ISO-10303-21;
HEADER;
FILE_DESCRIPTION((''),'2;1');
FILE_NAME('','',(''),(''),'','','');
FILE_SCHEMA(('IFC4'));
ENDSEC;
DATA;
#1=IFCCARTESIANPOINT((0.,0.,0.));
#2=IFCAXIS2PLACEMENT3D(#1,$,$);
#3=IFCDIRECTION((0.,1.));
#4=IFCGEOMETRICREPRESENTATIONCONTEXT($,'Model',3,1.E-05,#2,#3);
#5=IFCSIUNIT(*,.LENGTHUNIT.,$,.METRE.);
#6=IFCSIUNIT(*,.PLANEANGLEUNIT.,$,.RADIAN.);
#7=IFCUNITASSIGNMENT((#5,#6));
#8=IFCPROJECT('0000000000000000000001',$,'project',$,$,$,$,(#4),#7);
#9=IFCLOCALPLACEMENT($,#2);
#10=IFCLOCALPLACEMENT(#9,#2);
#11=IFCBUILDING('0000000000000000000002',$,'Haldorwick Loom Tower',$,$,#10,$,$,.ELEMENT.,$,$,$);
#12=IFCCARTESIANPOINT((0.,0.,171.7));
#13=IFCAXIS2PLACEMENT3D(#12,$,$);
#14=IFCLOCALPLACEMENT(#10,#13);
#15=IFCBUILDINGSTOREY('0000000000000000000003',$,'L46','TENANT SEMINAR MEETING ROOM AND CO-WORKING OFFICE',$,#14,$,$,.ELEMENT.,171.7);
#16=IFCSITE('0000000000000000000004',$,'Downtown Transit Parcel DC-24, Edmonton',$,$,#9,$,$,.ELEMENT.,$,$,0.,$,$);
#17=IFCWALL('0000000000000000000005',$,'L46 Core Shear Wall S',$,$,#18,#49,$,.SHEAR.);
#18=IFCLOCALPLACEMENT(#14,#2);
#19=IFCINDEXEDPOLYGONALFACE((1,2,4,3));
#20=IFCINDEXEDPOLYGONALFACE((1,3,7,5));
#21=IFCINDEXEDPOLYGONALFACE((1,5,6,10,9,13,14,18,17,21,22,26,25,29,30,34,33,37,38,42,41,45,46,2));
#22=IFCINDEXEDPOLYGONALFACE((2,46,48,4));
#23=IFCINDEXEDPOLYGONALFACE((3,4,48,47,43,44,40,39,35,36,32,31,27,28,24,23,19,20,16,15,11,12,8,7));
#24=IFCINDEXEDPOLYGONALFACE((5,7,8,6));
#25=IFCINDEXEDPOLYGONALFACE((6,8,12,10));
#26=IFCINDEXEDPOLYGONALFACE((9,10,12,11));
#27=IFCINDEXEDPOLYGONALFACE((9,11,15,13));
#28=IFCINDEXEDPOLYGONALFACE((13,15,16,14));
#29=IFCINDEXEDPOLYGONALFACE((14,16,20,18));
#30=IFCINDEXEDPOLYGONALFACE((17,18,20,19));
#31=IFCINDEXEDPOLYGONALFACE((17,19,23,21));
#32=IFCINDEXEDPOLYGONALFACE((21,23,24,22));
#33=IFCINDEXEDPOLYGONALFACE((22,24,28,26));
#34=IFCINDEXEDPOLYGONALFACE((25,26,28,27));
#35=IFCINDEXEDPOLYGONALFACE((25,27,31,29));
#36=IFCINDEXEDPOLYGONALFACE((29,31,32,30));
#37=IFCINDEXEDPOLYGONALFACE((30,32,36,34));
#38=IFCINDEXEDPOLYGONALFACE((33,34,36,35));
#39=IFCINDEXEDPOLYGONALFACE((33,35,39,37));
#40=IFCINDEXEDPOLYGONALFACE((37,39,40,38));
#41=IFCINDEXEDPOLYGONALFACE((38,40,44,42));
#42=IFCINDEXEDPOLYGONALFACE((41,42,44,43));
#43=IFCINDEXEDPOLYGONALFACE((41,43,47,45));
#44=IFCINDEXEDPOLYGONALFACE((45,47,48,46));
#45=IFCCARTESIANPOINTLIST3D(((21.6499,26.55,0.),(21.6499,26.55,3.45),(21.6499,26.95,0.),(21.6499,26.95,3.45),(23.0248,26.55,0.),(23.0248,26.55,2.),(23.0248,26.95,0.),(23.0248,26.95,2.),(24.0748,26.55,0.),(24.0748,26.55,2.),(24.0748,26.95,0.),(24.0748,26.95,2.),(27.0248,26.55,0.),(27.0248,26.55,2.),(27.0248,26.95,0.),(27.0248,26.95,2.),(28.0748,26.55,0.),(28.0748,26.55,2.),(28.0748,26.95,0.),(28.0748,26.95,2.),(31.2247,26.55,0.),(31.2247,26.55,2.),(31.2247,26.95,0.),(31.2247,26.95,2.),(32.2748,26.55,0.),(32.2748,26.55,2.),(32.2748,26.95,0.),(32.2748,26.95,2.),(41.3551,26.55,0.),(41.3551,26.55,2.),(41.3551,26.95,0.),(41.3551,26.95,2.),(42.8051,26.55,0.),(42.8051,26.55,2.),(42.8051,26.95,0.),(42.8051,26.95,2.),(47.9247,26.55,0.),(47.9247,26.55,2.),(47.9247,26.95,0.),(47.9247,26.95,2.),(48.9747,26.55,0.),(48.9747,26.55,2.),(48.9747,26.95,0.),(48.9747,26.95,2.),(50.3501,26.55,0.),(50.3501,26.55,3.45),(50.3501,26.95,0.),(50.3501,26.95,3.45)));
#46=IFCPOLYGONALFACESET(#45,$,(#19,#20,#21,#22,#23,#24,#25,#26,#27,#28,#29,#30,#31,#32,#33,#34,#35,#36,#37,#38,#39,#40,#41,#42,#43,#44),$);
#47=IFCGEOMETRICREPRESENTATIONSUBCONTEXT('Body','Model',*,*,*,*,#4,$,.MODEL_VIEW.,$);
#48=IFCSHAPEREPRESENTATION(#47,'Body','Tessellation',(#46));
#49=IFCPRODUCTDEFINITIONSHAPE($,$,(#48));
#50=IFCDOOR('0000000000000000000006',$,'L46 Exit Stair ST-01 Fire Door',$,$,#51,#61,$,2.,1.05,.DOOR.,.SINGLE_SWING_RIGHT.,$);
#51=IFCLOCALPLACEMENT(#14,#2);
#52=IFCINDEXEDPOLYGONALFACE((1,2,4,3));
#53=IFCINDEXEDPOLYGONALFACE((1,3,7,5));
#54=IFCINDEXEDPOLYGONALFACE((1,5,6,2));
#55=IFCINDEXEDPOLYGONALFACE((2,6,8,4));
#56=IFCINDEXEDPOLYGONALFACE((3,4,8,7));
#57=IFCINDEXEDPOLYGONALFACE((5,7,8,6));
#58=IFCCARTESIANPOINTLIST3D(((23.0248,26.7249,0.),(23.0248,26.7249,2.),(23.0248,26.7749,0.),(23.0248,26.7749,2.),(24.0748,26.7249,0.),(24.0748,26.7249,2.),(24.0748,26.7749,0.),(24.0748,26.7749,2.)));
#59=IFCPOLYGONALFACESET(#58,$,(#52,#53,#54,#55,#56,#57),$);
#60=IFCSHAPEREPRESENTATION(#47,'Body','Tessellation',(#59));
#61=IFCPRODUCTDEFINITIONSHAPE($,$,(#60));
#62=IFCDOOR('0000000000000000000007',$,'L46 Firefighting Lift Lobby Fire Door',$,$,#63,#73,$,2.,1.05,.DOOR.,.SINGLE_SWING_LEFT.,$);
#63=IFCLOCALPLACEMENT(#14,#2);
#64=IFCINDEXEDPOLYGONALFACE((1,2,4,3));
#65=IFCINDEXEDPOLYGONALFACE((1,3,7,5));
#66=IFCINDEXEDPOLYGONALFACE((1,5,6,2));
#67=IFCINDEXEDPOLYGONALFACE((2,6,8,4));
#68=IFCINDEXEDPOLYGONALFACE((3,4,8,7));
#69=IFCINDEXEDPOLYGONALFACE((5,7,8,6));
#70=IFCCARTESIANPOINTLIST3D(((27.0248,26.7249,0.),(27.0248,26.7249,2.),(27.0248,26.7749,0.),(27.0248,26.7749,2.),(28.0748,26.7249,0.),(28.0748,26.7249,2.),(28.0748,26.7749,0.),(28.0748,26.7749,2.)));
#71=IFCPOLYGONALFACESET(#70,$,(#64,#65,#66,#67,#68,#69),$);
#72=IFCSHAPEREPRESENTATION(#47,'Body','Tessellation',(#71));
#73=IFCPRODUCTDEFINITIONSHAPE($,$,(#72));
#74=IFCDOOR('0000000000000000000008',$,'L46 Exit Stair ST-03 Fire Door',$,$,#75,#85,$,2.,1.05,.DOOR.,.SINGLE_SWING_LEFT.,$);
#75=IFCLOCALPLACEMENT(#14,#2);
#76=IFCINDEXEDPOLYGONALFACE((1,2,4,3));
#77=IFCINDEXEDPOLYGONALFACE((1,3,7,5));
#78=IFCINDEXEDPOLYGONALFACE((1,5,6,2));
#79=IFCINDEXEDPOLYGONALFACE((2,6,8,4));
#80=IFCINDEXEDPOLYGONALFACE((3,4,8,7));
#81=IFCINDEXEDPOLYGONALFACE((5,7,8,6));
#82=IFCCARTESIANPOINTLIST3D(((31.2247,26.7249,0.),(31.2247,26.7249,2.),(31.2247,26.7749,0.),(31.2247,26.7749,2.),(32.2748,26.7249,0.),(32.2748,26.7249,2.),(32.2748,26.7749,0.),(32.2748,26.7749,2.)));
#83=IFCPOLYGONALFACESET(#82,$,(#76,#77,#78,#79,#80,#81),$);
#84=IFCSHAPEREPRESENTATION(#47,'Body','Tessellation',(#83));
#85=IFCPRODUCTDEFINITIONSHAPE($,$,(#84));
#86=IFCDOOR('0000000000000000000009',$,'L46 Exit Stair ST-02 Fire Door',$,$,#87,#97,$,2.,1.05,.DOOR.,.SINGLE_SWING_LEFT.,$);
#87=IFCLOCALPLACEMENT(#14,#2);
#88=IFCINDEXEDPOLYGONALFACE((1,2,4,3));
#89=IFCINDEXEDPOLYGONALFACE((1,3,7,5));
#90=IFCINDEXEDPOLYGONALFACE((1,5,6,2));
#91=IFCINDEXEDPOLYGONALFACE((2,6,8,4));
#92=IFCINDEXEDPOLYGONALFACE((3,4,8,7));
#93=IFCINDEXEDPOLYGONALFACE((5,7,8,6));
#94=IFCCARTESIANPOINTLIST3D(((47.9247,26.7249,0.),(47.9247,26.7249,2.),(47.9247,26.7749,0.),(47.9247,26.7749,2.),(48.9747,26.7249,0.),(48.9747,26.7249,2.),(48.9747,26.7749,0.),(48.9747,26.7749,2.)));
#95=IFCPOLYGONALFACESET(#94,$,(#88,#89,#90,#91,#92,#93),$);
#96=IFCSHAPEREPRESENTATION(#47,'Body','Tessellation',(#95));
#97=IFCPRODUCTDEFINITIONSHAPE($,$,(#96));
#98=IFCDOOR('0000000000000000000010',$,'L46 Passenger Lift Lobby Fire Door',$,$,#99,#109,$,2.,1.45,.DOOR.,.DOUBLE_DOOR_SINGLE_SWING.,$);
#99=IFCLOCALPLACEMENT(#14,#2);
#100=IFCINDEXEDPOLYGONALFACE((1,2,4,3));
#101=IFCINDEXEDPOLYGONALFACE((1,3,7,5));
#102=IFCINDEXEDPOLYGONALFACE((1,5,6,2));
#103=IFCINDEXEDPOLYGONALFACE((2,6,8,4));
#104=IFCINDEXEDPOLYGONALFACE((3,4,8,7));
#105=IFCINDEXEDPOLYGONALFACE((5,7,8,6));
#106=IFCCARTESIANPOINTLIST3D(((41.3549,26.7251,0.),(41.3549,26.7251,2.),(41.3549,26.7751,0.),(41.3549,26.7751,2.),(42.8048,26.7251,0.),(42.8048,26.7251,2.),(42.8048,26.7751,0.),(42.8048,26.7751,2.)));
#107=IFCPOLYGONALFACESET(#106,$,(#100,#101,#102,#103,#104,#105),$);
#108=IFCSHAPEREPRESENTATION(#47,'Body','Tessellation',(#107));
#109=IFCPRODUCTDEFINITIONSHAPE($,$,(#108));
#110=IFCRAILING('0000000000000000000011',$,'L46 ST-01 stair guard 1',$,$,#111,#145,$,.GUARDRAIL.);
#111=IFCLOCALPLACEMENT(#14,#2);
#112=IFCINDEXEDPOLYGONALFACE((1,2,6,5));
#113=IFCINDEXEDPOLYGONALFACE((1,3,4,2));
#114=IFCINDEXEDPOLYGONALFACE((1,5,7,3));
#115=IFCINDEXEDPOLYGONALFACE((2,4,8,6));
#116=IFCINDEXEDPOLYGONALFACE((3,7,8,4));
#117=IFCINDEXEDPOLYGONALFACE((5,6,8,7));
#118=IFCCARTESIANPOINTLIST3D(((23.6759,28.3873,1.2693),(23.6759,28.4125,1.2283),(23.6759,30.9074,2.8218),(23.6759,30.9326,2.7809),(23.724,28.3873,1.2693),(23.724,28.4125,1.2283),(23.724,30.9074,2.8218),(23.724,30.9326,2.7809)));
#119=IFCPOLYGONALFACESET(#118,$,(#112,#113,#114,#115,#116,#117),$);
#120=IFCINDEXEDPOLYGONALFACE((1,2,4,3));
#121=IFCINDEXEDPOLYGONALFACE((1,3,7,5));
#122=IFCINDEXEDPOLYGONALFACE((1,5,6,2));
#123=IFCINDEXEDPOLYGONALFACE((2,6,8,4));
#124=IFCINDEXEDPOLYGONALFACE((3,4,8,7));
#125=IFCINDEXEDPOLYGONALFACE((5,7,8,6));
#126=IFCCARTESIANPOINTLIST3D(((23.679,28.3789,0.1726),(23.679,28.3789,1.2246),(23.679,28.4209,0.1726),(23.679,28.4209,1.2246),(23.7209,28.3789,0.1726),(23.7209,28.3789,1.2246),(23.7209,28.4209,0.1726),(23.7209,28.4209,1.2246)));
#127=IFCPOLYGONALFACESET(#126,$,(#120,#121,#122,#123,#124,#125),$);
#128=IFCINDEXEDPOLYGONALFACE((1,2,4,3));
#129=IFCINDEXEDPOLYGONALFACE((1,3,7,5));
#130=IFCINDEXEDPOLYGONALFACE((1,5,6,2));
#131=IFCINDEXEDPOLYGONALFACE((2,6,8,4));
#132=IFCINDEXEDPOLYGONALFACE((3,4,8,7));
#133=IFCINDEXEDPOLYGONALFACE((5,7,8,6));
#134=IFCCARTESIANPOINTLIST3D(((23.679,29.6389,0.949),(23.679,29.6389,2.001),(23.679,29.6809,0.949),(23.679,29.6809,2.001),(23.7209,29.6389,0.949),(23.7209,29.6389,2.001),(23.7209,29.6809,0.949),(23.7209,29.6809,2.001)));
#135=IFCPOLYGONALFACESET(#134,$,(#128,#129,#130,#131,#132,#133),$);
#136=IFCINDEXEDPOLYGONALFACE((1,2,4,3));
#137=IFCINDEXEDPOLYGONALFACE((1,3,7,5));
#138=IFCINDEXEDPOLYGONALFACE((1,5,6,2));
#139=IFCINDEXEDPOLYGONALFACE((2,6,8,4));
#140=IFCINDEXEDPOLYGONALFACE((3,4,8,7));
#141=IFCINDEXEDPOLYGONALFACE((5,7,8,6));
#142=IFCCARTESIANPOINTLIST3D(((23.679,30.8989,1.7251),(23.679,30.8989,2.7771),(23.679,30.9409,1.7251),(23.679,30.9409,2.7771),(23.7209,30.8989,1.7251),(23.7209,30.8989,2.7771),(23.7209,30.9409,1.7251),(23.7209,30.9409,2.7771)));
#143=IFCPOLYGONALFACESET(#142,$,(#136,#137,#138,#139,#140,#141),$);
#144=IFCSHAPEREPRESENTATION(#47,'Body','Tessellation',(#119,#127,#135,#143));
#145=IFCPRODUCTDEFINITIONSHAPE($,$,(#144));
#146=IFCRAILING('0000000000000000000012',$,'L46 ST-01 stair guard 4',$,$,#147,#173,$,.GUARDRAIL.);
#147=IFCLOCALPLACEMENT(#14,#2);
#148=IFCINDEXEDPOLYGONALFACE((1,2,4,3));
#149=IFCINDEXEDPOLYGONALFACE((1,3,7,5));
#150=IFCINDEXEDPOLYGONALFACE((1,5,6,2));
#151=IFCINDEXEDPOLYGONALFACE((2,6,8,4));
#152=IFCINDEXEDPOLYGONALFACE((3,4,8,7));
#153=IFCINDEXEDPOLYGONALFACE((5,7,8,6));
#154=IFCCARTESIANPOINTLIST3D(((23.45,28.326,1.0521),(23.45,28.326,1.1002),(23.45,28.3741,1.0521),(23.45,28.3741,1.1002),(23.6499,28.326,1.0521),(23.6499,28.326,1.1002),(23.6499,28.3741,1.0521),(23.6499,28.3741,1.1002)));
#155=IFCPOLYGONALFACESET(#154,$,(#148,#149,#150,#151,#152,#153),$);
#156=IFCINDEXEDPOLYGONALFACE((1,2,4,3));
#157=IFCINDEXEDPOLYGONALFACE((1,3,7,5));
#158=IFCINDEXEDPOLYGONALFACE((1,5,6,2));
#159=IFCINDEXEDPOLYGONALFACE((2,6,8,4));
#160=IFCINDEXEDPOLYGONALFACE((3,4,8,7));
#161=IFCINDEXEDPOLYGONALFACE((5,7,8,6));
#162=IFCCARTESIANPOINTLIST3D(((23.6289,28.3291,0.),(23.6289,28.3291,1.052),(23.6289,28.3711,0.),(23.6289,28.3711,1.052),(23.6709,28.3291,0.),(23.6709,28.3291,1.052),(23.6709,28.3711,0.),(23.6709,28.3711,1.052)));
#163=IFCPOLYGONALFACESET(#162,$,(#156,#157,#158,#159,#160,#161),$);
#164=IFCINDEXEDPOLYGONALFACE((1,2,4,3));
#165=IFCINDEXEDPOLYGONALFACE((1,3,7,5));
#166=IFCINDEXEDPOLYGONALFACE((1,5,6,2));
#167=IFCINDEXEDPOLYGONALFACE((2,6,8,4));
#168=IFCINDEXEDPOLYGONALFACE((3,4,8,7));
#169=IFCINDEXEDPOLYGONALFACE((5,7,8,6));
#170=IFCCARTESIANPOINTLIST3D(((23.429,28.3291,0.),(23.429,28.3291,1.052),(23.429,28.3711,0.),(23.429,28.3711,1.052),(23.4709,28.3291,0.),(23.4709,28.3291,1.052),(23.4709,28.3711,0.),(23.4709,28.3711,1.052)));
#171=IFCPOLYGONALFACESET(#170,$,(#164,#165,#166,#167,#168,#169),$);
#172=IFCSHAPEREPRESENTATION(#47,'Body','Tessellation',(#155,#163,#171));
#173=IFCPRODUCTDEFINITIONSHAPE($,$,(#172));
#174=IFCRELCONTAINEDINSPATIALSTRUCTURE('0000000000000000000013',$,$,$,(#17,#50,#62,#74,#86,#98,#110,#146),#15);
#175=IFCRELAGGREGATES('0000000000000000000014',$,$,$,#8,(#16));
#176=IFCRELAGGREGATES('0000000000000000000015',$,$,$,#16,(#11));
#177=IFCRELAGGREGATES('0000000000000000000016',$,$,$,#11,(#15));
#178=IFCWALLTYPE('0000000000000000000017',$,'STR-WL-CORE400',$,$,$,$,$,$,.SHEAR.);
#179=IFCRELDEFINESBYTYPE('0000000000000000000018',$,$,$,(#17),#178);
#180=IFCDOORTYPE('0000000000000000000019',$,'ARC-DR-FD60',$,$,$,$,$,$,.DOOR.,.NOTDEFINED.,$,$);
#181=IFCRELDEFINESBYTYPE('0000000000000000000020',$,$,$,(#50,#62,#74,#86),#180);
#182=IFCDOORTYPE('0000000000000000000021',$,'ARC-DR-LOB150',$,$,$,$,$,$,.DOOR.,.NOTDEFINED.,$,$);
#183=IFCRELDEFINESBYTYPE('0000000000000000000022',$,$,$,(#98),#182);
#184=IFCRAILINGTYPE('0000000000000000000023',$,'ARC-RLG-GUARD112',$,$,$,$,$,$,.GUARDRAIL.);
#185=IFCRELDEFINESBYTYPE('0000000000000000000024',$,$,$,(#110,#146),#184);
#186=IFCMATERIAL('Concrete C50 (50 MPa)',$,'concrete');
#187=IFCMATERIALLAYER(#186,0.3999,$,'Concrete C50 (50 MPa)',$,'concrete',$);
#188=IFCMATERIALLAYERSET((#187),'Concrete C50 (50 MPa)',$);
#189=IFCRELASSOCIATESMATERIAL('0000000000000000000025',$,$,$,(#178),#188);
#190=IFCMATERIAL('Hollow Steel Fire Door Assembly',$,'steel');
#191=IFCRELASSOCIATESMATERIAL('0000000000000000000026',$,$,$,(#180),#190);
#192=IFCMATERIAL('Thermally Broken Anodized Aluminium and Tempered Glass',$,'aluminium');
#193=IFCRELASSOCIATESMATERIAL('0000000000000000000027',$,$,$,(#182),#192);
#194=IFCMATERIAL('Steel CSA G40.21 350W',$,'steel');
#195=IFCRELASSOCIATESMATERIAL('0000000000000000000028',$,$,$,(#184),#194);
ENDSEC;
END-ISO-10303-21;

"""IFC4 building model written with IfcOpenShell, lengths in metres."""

from ifc_helpers import new_model, si_unit, direction, frame, frame_2d, origin, origin_2d, place, context, subcontext, project, spatial, rectangle, extrude, material, layer, layer_set, type_object, element, fill, save


model = new_model("IFC4")

# Units and contexts
model_context = context("Model", 3, precision=1e-05, world=origin(), true_north=direction((0.0, 1.0)))
body_context = subcontext(model_context, "Body", "Model", "MODEL_VIEW")
ifc_project = project(units=[si_unit("LENGTHUNIT", "METRE"), si_unit("PLANEANGLEUNIT", "RADIAN")], contexts=[model_context])

# Site, building, storey
site_placement = place(None, origin())
site = spatial("IfcSite", under=ifc_project, at=site_placement, Name="Downtown Transit Parcel DC-24, Edmonton", CompositionType="ELEMENT", RefElevation=0.0)
building_placement = place(site_placement, origin())
building = spatial("IfcBuilding", under=site, at=building_placement, Name="Haldorwick Loom Tower", CompositionType="ELEMENT")
storey_placement = place(building_placement, frame((0.0, 0.0, 171.7)))
storey = spatial("IfcBuildingStorey", under=building, at=storey_placement, Name="L46", Description="TENANT SEMINAR MEETING ROOM AND CO-WORKING OFFICE", CompositionType="ELEMENT", Elevation=171.7)

# Shared definitions
ifc_material_1 = material(Name="Steel CSA G40.21 350W", Category="steel")

# Wall, openings, doors
ifc_material_2 = material(Name="Concrete C50 (50 MPa)", Category="concrete")
ifc_layer_1 = layer(ifc_material_2, 0.3999, Name="Concrete C50 (50 MPa)", Category="concrete")
ifc_layer_set_1 = layer_set([ifc_layer_1], Name="Concrete C50 (50 MPa)")
wall_type_1 = type_object("IfcWallType", Name="STR-WL-CORE400", PredefinedType="SHEAR", material=ifc_layer_set_1)
wall_1_placement = place(storey_placement, frame((21.6499, 26.75, 0.0), z_axis=(0.0, 0.0, 1.0), x_axis=(1.0, 0.0, 0.0)))
wall_1 = element("IfcWall", 1, at=wall_1_placement, inside=storey, type_object=wall_type_1, Name="L46 Core Shear Wall S", PredefinedType="SHEAR", context=body_context, shape_type="SweptSolid", body=[
    extrude(rectangle(XDim=28.7002, YDim=0.3999, at=frame_2d((14.3501, 0.0))), origin(), (0.0, 0.0, 1.0), 3.45),
])
opening_1_placement = place(wall_1_placement, frame((1.375, 0.0, 0.0)))
opening_1 = element("IfcOpeningElement", 2, at=opening_1_placement, cuts=wall_1, PredefinedType="OPENING", context=body_context, shape_type="SweptSolid", body=[
    extrude(rectangle(XDim=1.05, YDim=2.0, at=frame_2d((0.5249, 1.0))), frame((0.0, 0.21, 0.0), z_axis=(0.0, -1.0, 0.0), x_axis=(1.0, 0.0, 0.0)), (0.0, 0.0, 1.0), 0.4199),
])
opening_2_placement = place(wall_1_placement, frame((5.375, 0.0, 0.0)))
opening_2 = element("IfcOpeningElement", 3, at=opening_2_placement, cuts=wall_1, PredefinedType="OPENING", context=body_context, shape_type="SweptSolid", body=[
    extrude(rectangle(XDim=1.05, YDim=2.0, at=frame_2d((0.5249, 1.0))), frame((0.0, 0.21, 0.0), z_axis=(0.0, -1.0, 0.0), x_axis=(1.0, 0.0, 0.0)), (0.0, 0.0, 1.0), 0.4199),
])
opening_3_placement = place(wall_1_placement, frame((9.575, 0.0, 0.0)))
opening_3 = element("IfcOpeningElement", 4, at=opening_3_placement, cuts=wall_1, PredefinedType="OPENING", context=body_context, shape_type="SweptSolid", body=[
    extrude(rectangle(XDim=1.05, YDim=2.0, at=frame_2d((0.5249, 1.0))), frame((0.0, 0.21, 0.0), z_axis=(0.0, -1.0, 0.0), x_axis=(1.0, 0.0, 0.0)), (0.0, 0.0, 1.0), 0.4199),
])
opening_4_placement = place(wall_1_placement, frame((19.7051, 0.0, 0.0)))
opening_4 = element("IfcOpeningElement", 5, at=opening_4_placement, cuts=wall_1, PredefinedType="OPENING", context=body_context, shape_type="SweptSolid", body=[
    extrude(rectangle(XDim=1.45, YDim=2.0, at=frame_2d((0.7251, 1.0))), frame((0.0, 0.21, 0.0), z_axis=(0.0, -1.0, 0.0), x_axis=(1.0, 0.0, 0.0)), (0.0, 0.0, 1.0), 0.4199),
])
opening_5_placement = place(wall_1_placement, frame((26.2749, 0.0, 0.0)))
opening_5 = element("IfcOpeningElement", 6, at=opening_5_placement, cuts=wall_1, PredefinedType="OPENING", context=body_context, shape_type="SweptSolid", body=[
    extrude(rectangle(XDim=1.05, YDim=2.0, at=frame_2d((0.5249, 1.0))), frame((0.0, 0.21, 0.0), z_axis=(0.0, -1.0, 0.0), x_axis=(1.0, 0.0, 0.0)), (0.0, 0.0, 1.0), 0.4199),
])
ifc_material_3 = material(Name="Hollow Steel Fire Door Assembly", Category="steel")
door_type_1 = type_object("IfcDoorType", Name="ARC-DR-FD60", OperationType="NOTDEFINED", PredefinedType="DOOR", material=ifc_material_3)
door_1_placement = place(opening_1_placement, origin())
door_1 = element("IfcDoor", 7, at=door_1_placement, inside=storey, type_object=door_type_1, Name="L46 Exit Stair ST-01 Fire Door", OperationType="SINGLE_SWING_RIGHT", OverallHeight=2.0, OverallWidth=1.05, PredefinedType="DOOR", context=body_context, shape_type="SweptSolid", body=[
    extrude(rectangle(XDim=1.05, YDim=2.0, at=frame_2d((0.5249, 1.0))), frame((0.0, 0.0249, 0.0), z_axis=(0.0, -1.0, 0.0), x_axis=(1.0, 0.0, 0.0)), (0.0, 0.0, 1.0), 0.05),
])
fill(opening_1, door_1)
door_2_placement = place(opening_2_placement, origin())
door_2 = element("IfcDoor", 8, at=door_2_placement, inside=storey, type_object=door_type_1, Name="L46 Firefighting Lift Lobby Fire Door", OperationType="SINGLE_SWING_LEFT", OverallHeight=2.0, OverallWidth=1.05, PredefinedType="DOOR", context=body_context, shape_type="SweptSolid", body=[
    extrude(rectangle(XDim=1.05, YDim=2.0, at=frame_2d((0.5249, 1.0))), frame((0.0, 0.0249, 0.0), z_axis=(0.0, -1.0, 0.0), x_axis=(1.0, 0.0, 0.0)), (0.0, 0.0, 1.0), 0.05),
])
fill(opening_2, door_2)
door_3_placement = place(opening_3_placement, origin())
door_3 = element("IfcDoor", 9, at=door_3_placement, inside=storey, type_object=door_type_1, Name="L46 Exit Stair ST-03 Fire Door", OperationType="SINGLE_SWING_LEFT", OverallHeight=2.0, OverallWidth=1.05, PredefinedType="DOOR", context=body_context, shape_type="SweptSolid", body=[
    extrude(rectangle(XDim=1.05, YDim=2.0, at=frame_2d((0.5249, 1.0))), frame((0.0, 0.0249, 0.0), z_axis=(0.0, -1.0, 0.0), x_axis=(1.0, 0.0, 0.0)), (0.0, 0.0, 1.0), 0.05),
])
fill(opening_3, door_3)
door_4_placement = place(opening_5_placement, origin())
door_4 = element("IfcDoor", 10, at=door_4_placement, inside=storey, type_object=door_type_1, Name="L46 Exit Stair ST-02 Fire Door", OperationType="SINGLE_SWING_LEFT", OverallHeight=2.0, OverallWidth=1.05, PredefinedType="DOOR", context=body_context, shape_type="SweptSolid", body=[
    extrude(rectangle(XDim=1.05, YDim=2.0, at=frame_2d((0.5249, 1.0))), frame((0.0, 0.0249, 0.0), z_axis=(0.0, -1.0, 0.0), x_axis=(1.0, 0.0, 0.0)), (0.0, 0.0, 1.0), 0.05),
])
fill(opening_5, door_4)
ifc_material_4 = material(Name="Thermally Broken Anodized Aluminium and Tempered Glass", Category="aluminium")
door_type_2 = type_object("IfcDoorType", Name="ARC-DR-LOB150", OperationType="NOTDEFINED", PredefinedType="DOOR", material=ifc_material_4)
door_5_placement = place(opening_4_placement, frame((1.45, 0.0, 0.0), z_axis=(0.0, 0.0, 1.0), x_axis=(-1.0, 0.0, 0.0)))
door_5 = element("IfcDoor", 11, at=door_5_placement, inside=storey, type_object=door_type_2, Name="L46 Passenger Lift Lobby Fire Door", OperationType="DOUBLE_DOOR_SINGLE_SWING", OverallHeight=2.0, OverallWidth=1.45, PredefinedType="DOOR", context=body_context, shape_type="SweptSolid", body=[
    extrude(rectangle(XDim=1.45, YDim=2.0, at=frame_2d((0.7251, 1.0))), frame((0.0, 0.0249, 0.0), z_axis=(0.0, -1.0, 0.0), x_axis=(1.0, 0.0, 0.0)), (0.0, 0.0, 1.0), 0.05),
])
fill(opening_4, door_5)

# Railings
railing_type_1 = type_object("IfcRailingType", Name="ARC-RLG-GUARD112", PredefinedType="GUARDRAIL", material=ifc_material_1)
railing_1_placement = place(storey_placement, frame((23.7, 28.3999, 0.1726)))
element("IfcRailing", 12, at=railing_1_placement, inside=storey, type_object=railing_type_1, Name="L46 ST-01 stair guard 1", PredefinedType="GUARDRAIL", context=body_context, shape_type="SweptSolid", body=[
    extrude(rectangle(XDim=0.0481, YDim=0.0481, at=origin_2d()), frame((0.0, 0.0, 1.0762), z_axis=(0.0, 0.8514, 0.524516), x_axis=(-1.0, 0.0, 0.0)), (0.0, 0.0, 1.0), 2.96),
    extrude(rectangle(XDim=0.042, YDim=0.042, at=origin_2d()), origin(), (0.0, 0.0, 1.0), 1.052),
    extrude(rectangle(XDim=0.042, YDim=0.042, at=origin_2d()), frame((0.0, 1.26, 0.7764)), (0.0, 0.0, 1.0), 1.052),
    extrude(rectangle(XDim=0.042, YDim=0.042, at=origin_2d()), frame((0.0, 2.52, 1.5525)), (0.0, 0.0, 1.0), 1.052),
])
railing_2_placement = place(storey_placement, frame((23.6499, 28.3501, 0.0)))
element("IfcRailing", 13, at=railing_2_placement, inside=storey, type_object=railing_type_1, Name="L46 ST-01 stair guard 4", PredefinedType="GUARDRAIL", context=body_context, shape_type="SweptSolid", body=[
    extrude(rectangle(XDim=0.0481, YDim=0.0481, at=origin_2d()), frame((0.0, 0.0, 1.0762), z_axis=(-1.0, 0.0, 0.0), x_axis=(0.0, -1.0, 0.0)), (0.0, 0.0, 1.0), 0.2),
    extrude(rectangle(XDim=0.042, YDim=0.042, at=origin_2d()), origin(), (0.0, 0.0, 1.0), 1.052),
    extrude(rectangle(XDim=0.042, YDim=0.042, at=origin_2d()), frame((-0.2, 0.0, 0.0)), (0.0, 0.0, 1.0), 1.052),
])

save(model, "model.ifc")
